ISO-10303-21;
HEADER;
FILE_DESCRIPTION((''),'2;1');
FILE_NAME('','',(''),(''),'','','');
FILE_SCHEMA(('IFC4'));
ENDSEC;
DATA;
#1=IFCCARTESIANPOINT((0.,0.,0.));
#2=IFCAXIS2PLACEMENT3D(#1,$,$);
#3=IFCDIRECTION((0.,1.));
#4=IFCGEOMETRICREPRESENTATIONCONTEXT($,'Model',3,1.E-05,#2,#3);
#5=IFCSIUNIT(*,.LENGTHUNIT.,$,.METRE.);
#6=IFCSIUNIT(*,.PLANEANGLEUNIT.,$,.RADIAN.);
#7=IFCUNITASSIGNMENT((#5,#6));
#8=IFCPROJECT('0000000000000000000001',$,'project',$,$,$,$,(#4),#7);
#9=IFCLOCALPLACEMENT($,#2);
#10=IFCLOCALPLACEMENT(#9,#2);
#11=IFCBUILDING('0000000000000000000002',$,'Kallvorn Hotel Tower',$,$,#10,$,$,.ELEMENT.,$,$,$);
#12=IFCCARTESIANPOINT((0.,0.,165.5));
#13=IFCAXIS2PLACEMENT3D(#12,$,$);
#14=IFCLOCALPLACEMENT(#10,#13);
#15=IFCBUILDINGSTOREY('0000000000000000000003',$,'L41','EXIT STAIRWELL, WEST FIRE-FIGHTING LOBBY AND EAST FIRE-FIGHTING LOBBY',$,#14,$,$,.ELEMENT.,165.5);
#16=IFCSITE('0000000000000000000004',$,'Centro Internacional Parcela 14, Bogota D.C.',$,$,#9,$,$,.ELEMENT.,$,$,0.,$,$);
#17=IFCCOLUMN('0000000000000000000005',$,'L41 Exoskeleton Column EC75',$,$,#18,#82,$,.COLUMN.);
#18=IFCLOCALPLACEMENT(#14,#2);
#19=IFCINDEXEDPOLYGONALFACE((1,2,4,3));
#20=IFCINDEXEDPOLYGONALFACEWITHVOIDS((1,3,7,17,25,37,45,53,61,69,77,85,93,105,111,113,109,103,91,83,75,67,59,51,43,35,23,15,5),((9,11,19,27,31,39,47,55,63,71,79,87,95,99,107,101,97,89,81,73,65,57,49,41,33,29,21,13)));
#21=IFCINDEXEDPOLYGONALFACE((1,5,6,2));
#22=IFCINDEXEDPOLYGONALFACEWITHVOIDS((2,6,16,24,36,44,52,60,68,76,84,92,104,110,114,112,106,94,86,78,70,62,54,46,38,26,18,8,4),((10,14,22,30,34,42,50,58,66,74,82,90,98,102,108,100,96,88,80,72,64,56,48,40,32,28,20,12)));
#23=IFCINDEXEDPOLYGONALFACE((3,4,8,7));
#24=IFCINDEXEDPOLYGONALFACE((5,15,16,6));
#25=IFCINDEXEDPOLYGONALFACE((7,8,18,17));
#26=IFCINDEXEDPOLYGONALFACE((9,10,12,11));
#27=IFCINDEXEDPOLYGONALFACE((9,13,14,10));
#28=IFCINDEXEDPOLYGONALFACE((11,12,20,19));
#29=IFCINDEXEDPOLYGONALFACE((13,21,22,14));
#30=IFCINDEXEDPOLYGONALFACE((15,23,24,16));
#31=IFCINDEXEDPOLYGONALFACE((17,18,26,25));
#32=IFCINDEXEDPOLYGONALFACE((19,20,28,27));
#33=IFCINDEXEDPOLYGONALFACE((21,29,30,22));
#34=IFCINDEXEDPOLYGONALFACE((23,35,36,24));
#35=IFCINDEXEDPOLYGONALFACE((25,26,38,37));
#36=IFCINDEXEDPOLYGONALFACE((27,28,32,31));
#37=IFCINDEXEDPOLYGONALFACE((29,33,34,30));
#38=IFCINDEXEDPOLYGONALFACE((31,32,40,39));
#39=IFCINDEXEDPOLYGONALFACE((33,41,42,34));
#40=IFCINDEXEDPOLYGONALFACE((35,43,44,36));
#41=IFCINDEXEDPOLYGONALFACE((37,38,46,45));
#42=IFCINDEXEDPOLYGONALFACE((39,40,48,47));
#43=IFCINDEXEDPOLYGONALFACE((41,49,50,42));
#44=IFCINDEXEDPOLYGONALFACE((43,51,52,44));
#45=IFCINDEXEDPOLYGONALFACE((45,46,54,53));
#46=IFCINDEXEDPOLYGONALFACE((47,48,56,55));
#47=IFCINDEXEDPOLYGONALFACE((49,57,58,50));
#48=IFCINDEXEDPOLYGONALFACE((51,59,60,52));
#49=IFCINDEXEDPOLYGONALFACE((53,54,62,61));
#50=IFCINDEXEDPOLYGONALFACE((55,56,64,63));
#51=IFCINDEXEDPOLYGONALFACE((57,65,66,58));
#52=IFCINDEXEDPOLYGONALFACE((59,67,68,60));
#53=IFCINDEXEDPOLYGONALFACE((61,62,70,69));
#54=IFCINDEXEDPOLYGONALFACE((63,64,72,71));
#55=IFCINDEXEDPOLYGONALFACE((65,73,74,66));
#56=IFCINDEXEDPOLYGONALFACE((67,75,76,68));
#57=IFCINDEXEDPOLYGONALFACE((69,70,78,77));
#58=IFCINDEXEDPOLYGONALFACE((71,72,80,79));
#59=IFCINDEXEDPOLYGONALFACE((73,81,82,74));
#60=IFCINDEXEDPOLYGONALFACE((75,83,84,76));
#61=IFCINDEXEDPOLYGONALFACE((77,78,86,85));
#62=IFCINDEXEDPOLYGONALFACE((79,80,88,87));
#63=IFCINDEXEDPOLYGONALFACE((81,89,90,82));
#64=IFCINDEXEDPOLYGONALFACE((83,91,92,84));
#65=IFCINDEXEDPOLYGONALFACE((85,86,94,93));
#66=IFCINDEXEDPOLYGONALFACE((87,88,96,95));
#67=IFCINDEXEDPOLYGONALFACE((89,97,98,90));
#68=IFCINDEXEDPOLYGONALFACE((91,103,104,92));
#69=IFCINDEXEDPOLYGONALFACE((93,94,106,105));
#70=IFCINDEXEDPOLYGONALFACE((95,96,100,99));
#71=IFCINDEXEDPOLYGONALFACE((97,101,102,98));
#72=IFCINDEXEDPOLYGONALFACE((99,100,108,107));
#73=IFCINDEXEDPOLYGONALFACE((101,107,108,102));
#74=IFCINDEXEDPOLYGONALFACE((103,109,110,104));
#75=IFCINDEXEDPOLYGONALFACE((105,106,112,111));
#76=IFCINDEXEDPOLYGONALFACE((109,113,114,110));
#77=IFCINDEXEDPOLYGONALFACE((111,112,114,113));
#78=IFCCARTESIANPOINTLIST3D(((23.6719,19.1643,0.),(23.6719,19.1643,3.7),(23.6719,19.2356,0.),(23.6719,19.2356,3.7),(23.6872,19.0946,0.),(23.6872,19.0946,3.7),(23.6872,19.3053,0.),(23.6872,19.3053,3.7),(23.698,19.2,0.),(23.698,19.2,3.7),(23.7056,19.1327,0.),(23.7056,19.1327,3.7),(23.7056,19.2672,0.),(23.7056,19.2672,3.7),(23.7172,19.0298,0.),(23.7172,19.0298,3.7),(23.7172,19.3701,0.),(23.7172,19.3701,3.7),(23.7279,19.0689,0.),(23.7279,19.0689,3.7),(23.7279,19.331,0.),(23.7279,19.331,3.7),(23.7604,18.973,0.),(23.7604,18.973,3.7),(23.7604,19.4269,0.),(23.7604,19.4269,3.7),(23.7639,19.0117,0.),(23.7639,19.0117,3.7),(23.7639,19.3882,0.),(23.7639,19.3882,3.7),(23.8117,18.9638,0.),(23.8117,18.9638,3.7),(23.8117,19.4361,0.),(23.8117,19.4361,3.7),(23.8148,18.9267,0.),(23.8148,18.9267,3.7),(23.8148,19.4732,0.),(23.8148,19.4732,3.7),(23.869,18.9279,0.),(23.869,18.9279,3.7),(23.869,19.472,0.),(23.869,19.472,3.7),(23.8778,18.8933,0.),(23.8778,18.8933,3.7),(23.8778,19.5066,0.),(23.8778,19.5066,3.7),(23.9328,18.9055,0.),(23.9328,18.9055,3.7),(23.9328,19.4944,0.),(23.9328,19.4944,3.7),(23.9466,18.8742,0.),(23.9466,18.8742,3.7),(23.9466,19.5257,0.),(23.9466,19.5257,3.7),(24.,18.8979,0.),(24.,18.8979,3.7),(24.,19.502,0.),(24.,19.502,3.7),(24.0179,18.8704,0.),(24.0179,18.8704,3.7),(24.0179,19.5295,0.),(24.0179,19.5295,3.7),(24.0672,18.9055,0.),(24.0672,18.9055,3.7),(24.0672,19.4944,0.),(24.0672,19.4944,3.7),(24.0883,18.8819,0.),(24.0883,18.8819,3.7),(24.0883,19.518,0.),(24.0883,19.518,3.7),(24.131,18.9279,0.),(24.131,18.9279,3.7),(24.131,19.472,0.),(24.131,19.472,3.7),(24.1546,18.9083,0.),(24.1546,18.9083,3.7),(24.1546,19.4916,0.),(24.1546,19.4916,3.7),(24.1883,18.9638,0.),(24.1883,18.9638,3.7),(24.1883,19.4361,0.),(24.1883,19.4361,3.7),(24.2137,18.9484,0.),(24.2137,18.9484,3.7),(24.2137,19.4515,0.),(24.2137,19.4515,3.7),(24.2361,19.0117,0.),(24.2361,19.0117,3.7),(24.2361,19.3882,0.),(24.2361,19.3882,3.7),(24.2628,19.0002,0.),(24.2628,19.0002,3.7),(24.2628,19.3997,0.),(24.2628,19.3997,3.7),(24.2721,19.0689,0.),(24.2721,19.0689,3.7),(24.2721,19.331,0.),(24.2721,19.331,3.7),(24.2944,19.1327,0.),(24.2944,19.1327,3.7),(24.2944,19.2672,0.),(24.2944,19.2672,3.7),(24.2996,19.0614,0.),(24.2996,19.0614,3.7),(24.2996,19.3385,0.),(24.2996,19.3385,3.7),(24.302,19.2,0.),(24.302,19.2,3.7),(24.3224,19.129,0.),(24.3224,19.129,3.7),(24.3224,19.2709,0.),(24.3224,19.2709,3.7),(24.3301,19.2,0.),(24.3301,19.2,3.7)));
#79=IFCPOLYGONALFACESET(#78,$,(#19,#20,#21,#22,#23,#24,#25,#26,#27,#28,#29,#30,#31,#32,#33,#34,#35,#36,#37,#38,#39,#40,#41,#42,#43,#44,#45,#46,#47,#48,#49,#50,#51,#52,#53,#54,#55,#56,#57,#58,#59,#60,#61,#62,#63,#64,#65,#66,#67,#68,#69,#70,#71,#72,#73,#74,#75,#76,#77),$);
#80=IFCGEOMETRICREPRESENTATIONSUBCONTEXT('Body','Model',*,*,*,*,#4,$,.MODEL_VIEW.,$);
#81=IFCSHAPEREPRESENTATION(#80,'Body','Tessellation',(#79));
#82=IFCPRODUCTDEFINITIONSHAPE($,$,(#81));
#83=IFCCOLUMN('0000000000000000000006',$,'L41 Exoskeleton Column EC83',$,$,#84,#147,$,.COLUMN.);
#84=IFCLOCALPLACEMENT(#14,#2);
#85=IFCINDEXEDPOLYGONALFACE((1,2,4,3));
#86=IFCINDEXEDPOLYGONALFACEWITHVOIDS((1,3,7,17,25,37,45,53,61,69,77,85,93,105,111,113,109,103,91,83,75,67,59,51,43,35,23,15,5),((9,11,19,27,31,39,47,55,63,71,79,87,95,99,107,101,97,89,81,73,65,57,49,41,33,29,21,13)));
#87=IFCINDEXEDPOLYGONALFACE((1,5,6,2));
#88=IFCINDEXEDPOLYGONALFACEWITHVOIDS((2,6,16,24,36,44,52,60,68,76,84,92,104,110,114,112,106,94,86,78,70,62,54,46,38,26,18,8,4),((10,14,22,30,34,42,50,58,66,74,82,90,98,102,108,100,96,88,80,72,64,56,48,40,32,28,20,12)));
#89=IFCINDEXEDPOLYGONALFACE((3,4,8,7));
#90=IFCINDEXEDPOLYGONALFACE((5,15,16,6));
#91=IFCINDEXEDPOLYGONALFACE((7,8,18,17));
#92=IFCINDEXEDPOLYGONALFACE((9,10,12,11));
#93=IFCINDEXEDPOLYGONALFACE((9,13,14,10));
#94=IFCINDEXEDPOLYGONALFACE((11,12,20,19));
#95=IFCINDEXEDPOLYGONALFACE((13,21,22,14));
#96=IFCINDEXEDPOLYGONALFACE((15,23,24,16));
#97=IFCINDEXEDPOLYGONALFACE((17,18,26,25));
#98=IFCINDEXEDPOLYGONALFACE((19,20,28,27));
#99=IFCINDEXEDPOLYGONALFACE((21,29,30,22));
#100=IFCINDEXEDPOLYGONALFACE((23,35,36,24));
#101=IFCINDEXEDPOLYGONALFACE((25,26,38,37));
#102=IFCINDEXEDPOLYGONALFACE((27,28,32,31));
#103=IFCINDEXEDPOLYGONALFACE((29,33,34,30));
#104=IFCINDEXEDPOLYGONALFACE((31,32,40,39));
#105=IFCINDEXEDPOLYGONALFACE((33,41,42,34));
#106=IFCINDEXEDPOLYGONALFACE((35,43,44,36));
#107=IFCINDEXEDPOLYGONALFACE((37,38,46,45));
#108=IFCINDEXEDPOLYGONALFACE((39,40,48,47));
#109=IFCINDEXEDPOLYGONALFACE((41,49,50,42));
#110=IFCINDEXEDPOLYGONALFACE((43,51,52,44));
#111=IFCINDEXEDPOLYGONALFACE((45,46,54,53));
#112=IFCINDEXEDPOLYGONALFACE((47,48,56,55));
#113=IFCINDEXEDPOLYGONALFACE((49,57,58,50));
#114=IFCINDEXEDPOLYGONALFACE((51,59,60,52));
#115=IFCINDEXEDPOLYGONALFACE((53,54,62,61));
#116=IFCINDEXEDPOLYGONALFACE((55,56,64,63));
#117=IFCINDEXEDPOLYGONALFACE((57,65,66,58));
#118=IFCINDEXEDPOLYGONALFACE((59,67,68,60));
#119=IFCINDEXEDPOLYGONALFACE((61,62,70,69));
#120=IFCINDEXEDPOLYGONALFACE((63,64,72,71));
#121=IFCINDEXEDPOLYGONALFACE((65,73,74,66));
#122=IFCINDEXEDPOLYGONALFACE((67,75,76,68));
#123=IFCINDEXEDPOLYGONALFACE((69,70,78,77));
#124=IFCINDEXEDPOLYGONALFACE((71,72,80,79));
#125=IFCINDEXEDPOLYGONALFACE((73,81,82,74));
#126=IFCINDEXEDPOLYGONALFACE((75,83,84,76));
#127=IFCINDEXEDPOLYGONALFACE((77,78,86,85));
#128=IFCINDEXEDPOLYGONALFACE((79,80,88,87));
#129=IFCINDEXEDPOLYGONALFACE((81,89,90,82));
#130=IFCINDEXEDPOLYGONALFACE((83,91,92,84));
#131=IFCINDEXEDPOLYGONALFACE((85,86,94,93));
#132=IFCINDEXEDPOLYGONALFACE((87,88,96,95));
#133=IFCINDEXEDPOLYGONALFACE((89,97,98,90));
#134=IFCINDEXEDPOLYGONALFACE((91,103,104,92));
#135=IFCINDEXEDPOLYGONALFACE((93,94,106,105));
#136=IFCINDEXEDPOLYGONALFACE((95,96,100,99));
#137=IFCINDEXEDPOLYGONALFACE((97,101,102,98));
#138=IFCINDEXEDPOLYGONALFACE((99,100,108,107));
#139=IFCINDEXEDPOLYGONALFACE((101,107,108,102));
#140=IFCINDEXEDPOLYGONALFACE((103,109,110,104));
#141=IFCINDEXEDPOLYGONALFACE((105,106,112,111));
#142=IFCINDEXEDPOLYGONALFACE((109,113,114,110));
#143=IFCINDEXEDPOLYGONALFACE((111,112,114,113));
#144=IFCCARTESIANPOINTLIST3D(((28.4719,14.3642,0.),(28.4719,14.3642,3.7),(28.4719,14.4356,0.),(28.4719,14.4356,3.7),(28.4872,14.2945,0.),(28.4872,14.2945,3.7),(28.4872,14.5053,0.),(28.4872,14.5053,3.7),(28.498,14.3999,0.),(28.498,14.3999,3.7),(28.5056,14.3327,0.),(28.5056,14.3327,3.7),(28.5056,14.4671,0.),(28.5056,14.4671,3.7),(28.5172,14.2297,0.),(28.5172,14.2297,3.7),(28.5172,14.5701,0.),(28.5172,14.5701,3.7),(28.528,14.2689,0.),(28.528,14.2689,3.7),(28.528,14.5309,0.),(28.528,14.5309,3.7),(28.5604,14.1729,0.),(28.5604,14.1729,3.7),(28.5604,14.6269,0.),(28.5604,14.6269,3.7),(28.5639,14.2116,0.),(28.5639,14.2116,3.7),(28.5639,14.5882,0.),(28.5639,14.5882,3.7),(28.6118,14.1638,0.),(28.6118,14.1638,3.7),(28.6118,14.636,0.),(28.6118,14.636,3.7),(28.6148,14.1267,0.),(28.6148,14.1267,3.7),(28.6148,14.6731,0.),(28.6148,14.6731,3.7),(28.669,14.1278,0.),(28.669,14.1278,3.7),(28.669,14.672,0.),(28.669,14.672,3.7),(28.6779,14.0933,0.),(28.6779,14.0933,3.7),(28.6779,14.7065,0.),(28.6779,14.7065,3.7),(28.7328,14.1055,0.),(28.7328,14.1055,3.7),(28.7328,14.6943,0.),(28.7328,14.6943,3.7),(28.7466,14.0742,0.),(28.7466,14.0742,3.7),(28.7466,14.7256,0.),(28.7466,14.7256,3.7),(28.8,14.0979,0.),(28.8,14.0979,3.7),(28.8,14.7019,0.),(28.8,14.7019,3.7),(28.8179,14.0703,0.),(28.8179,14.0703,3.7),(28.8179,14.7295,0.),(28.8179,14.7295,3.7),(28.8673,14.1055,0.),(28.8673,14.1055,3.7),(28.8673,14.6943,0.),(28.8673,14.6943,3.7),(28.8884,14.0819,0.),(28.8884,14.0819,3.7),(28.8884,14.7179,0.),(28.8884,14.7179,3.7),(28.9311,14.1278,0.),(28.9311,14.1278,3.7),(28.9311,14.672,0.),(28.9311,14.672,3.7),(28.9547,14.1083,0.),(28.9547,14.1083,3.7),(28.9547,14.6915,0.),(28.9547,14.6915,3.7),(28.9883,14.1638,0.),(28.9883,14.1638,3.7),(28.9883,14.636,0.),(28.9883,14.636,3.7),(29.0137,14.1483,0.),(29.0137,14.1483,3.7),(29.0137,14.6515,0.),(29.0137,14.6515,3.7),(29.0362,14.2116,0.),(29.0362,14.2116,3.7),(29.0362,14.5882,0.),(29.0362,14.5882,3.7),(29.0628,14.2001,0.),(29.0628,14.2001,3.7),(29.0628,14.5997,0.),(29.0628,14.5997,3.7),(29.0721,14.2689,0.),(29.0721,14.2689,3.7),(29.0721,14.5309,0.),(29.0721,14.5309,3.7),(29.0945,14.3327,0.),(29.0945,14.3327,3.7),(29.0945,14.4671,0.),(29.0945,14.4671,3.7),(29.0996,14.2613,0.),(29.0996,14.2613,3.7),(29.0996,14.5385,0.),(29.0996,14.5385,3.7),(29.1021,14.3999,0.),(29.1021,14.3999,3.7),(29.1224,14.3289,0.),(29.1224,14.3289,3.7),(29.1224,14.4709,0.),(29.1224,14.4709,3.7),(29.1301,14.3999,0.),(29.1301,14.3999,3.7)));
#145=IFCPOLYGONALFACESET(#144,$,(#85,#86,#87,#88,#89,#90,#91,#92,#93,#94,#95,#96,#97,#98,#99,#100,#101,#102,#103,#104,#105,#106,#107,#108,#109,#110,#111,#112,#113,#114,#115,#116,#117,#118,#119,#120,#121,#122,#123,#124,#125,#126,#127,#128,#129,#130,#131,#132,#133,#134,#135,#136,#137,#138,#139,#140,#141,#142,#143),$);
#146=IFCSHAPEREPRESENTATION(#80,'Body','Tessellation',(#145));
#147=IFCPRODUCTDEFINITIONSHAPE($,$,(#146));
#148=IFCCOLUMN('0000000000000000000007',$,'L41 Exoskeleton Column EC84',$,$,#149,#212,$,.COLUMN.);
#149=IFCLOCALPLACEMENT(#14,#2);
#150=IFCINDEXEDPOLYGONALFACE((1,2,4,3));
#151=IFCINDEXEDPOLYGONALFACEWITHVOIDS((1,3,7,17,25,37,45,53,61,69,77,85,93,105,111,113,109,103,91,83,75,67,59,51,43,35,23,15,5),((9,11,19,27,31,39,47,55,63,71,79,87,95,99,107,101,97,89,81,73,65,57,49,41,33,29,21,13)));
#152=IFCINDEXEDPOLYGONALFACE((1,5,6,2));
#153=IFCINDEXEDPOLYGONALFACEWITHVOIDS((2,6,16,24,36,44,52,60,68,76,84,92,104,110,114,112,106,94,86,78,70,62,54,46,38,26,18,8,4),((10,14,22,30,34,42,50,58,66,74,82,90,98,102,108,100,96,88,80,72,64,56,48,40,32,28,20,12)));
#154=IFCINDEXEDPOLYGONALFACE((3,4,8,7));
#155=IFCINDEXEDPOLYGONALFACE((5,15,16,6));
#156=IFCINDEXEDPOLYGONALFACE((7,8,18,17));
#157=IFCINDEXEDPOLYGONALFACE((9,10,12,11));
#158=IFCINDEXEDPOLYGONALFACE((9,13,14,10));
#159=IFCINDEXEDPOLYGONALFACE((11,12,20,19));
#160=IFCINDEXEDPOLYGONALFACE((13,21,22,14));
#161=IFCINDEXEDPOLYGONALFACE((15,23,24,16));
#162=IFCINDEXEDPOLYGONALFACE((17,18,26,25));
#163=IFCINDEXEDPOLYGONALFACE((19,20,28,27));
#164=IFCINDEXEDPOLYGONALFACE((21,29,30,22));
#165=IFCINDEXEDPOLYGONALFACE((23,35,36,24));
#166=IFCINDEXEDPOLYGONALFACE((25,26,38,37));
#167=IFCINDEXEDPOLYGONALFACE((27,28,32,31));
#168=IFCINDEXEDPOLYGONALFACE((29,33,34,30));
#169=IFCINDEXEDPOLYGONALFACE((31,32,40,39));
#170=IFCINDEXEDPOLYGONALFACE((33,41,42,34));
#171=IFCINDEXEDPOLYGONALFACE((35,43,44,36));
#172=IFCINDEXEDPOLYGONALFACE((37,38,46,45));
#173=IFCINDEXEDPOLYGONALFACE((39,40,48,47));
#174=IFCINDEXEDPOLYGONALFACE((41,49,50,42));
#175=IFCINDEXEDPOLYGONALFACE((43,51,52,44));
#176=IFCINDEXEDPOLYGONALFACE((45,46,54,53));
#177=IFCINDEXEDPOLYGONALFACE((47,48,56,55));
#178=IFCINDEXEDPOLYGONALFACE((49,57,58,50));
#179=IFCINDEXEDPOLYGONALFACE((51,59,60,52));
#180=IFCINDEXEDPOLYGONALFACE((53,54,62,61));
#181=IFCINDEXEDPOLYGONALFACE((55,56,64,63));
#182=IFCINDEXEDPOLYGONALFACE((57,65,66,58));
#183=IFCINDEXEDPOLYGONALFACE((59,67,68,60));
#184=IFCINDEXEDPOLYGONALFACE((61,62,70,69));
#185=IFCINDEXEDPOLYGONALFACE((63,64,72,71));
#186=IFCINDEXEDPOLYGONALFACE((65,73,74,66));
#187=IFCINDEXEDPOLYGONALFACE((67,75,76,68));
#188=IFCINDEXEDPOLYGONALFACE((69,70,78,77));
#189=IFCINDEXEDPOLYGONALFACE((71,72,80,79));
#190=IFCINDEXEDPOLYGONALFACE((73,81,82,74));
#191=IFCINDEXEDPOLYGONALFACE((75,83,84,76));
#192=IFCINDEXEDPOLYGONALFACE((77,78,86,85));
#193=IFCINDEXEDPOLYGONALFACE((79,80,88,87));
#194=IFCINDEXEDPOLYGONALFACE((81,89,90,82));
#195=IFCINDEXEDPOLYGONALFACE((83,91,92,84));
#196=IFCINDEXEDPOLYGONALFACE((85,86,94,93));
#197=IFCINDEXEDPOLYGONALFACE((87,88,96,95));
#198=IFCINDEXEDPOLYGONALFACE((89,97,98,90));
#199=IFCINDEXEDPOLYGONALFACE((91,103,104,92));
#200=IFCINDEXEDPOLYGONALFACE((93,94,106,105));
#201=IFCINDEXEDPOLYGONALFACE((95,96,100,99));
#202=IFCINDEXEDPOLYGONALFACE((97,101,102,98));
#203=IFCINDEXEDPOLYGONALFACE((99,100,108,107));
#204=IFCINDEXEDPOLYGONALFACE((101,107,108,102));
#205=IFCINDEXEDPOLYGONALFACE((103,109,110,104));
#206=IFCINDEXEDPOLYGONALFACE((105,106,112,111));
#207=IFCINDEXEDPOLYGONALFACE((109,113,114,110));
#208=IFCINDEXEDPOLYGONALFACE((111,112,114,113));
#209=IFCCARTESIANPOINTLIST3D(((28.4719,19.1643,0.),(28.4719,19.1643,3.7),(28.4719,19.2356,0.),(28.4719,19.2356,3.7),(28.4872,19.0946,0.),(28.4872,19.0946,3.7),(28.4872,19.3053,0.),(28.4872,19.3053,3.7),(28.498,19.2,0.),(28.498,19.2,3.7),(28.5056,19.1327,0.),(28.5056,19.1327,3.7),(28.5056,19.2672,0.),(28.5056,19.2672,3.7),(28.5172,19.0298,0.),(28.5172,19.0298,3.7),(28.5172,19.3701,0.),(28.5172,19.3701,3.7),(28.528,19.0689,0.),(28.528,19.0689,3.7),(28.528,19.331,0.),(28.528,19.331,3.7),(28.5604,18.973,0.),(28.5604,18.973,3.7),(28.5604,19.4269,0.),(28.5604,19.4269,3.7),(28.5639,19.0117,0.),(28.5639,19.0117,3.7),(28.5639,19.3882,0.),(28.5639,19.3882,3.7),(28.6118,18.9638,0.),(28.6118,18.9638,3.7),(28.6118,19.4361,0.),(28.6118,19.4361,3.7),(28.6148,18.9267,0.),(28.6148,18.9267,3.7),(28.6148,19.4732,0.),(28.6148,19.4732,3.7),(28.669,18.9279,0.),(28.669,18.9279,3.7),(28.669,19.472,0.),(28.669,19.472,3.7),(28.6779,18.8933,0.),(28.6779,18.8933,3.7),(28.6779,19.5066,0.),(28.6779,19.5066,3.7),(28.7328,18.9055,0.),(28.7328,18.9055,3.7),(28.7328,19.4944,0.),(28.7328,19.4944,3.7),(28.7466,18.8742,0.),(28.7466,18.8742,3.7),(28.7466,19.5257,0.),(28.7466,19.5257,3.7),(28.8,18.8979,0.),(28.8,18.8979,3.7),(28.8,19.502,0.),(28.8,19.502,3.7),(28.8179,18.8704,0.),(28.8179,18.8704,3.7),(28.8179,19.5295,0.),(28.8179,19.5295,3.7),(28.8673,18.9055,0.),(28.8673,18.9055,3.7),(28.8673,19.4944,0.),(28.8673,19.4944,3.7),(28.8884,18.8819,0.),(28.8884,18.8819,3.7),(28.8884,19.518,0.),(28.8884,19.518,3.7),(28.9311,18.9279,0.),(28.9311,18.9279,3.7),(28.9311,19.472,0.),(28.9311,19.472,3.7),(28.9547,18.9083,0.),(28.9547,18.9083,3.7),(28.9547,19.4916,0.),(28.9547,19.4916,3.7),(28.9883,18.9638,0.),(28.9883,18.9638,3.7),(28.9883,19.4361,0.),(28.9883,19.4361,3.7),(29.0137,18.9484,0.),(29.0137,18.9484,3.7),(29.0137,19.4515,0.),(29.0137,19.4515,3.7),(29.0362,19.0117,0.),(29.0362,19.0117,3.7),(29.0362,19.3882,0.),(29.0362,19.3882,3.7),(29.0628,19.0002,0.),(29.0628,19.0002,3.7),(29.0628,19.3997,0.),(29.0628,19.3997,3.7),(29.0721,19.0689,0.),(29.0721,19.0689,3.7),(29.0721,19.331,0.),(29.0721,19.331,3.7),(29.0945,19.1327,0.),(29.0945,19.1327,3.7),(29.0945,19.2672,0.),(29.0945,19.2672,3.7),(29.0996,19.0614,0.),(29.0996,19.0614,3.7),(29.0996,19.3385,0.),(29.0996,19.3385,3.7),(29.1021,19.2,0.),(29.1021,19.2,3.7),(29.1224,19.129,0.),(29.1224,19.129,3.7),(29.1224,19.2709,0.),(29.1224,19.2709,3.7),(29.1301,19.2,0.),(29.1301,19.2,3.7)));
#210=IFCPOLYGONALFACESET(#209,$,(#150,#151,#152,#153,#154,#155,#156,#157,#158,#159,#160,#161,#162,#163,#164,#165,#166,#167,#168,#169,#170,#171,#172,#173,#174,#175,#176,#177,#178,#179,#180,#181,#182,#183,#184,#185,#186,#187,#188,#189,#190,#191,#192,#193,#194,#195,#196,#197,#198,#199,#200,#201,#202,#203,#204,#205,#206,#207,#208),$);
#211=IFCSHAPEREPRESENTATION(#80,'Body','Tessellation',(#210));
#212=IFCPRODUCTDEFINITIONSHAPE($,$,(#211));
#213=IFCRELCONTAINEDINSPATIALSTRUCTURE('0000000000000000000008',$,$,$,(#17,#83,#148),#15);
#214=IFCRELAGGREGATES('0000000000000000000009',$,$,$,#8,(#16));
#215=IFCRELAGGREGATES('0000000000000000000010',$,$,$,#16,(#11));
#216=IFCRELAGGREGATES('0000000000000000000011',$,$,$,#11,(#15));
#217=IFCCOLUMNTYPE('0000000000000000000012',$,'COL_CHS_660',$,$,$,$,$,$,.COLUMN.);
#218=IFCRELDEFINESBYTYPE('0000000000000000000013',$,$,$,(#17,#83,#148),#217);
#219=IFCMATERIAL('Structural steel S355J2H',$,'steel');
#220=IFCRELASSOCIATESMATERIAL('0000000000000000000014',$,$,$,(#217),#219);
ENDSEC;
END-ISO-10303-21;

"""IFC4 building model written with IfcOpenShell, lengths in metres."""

from ifc_helpers import new_model, si_unit, direction, frame, origin, origin_2d, place, context, subcontext, project, spatial, hollow_circle, extrude, material, material_profile, profile_set, type_object, element, save


model = new_model("IFC4")

# Units and contexts
model_context = context("Model", 3, precision=1e-05, world=origin(), true_north=direction((0.0, 1.0)))
body_context = subcontext(model_context, "Body", "Model", "MODEL_VIEW")
ifc_project = project(units=[si_unit("LENGTHUNIT", "METRE"), si_unit("PLANEANGLEUNIT", "RADIAN")], contexts=[model_context])

# Site, building, storey
site_placement = place(None, origin())
site = spatial("IfcSite", under=ifc_project, at=site_placement, Name="Centro Internacional Parcela 14, Bogota D.C.", CompositionType="ELEMENT", RefElevation=0.0)
building_placement = place(site_placement, origin())
building = spatial("IfcBuilding", under=site, at=building_placement, Name="Kallvorn Hotel Tower", CompositionType="ELEMENT")
storey_placement = place(building_placement, frame((0.0, 0.0, 165.5)))
storey = spatial("IfcBuildingStorey", under=building, at=storey_placement, Name="L41", Description="EXIT STAIRWELL, WEST FIRE-FIGHTING LOBBY AND EAST FIRE-FIGHTING LOBBY", CompositionType="ELEMENT", Elevation=165.5)

# Columns
ifc_material_1 = material(Name="Structural steel S355J2H", Category="steel")
ifc_material_profile_1 = material_profile(ifc_material_1, hollow_circle(Radius=0.3301, WallThickness=0.0281, at=origin_2d()), Name="CHS 660x28")
ifc_profile_set_1 = profile_set([ifc_material_profile_1], Name="Structural steel S355J2H")
column_type_1 = type_object("IfcColumnType", Name="COL_CHS_660", PredefinedType="COLUMN", material=ifc_profile_set_1)
for number, where, z_axis, x_axis, name in (
    (1, (24.0, 19.2, 0.0), (0.0, 0.0, 1.0), (1.0, 0.0, 0.0), "L41 Exoskeleton Column EC75"),
    (2, (28.8, 14.3999, 0.0), (0.0, 0.0, 1.0), (1.0, 0.0, 0.0), "L41 Exoskeleton Column EC83"),
    (3, (28.8, 19.2, 0.0), (0.0, 0.0, 1.0), (1.0, 0.0, 0.0), "L41 Exoskeleton Column EC84"),
):
    element("IfcColumn", number, at=place(storey_placement, frame(where, z_axis=z_axis, x_axis=x_axis)), inside=storey, type_object=column_type_1, Name=name, PredefinedType="COLUMN", context=body_context, shape_type="SweptSolid", body=[
        extrude(hollow_circle(Radius=0.3301, WallThickness=0.0281, at=origin_2d()), origin(), (0.0, 0.0, 1.0), 3.7),
    ])

save(model, "model.ifc")
